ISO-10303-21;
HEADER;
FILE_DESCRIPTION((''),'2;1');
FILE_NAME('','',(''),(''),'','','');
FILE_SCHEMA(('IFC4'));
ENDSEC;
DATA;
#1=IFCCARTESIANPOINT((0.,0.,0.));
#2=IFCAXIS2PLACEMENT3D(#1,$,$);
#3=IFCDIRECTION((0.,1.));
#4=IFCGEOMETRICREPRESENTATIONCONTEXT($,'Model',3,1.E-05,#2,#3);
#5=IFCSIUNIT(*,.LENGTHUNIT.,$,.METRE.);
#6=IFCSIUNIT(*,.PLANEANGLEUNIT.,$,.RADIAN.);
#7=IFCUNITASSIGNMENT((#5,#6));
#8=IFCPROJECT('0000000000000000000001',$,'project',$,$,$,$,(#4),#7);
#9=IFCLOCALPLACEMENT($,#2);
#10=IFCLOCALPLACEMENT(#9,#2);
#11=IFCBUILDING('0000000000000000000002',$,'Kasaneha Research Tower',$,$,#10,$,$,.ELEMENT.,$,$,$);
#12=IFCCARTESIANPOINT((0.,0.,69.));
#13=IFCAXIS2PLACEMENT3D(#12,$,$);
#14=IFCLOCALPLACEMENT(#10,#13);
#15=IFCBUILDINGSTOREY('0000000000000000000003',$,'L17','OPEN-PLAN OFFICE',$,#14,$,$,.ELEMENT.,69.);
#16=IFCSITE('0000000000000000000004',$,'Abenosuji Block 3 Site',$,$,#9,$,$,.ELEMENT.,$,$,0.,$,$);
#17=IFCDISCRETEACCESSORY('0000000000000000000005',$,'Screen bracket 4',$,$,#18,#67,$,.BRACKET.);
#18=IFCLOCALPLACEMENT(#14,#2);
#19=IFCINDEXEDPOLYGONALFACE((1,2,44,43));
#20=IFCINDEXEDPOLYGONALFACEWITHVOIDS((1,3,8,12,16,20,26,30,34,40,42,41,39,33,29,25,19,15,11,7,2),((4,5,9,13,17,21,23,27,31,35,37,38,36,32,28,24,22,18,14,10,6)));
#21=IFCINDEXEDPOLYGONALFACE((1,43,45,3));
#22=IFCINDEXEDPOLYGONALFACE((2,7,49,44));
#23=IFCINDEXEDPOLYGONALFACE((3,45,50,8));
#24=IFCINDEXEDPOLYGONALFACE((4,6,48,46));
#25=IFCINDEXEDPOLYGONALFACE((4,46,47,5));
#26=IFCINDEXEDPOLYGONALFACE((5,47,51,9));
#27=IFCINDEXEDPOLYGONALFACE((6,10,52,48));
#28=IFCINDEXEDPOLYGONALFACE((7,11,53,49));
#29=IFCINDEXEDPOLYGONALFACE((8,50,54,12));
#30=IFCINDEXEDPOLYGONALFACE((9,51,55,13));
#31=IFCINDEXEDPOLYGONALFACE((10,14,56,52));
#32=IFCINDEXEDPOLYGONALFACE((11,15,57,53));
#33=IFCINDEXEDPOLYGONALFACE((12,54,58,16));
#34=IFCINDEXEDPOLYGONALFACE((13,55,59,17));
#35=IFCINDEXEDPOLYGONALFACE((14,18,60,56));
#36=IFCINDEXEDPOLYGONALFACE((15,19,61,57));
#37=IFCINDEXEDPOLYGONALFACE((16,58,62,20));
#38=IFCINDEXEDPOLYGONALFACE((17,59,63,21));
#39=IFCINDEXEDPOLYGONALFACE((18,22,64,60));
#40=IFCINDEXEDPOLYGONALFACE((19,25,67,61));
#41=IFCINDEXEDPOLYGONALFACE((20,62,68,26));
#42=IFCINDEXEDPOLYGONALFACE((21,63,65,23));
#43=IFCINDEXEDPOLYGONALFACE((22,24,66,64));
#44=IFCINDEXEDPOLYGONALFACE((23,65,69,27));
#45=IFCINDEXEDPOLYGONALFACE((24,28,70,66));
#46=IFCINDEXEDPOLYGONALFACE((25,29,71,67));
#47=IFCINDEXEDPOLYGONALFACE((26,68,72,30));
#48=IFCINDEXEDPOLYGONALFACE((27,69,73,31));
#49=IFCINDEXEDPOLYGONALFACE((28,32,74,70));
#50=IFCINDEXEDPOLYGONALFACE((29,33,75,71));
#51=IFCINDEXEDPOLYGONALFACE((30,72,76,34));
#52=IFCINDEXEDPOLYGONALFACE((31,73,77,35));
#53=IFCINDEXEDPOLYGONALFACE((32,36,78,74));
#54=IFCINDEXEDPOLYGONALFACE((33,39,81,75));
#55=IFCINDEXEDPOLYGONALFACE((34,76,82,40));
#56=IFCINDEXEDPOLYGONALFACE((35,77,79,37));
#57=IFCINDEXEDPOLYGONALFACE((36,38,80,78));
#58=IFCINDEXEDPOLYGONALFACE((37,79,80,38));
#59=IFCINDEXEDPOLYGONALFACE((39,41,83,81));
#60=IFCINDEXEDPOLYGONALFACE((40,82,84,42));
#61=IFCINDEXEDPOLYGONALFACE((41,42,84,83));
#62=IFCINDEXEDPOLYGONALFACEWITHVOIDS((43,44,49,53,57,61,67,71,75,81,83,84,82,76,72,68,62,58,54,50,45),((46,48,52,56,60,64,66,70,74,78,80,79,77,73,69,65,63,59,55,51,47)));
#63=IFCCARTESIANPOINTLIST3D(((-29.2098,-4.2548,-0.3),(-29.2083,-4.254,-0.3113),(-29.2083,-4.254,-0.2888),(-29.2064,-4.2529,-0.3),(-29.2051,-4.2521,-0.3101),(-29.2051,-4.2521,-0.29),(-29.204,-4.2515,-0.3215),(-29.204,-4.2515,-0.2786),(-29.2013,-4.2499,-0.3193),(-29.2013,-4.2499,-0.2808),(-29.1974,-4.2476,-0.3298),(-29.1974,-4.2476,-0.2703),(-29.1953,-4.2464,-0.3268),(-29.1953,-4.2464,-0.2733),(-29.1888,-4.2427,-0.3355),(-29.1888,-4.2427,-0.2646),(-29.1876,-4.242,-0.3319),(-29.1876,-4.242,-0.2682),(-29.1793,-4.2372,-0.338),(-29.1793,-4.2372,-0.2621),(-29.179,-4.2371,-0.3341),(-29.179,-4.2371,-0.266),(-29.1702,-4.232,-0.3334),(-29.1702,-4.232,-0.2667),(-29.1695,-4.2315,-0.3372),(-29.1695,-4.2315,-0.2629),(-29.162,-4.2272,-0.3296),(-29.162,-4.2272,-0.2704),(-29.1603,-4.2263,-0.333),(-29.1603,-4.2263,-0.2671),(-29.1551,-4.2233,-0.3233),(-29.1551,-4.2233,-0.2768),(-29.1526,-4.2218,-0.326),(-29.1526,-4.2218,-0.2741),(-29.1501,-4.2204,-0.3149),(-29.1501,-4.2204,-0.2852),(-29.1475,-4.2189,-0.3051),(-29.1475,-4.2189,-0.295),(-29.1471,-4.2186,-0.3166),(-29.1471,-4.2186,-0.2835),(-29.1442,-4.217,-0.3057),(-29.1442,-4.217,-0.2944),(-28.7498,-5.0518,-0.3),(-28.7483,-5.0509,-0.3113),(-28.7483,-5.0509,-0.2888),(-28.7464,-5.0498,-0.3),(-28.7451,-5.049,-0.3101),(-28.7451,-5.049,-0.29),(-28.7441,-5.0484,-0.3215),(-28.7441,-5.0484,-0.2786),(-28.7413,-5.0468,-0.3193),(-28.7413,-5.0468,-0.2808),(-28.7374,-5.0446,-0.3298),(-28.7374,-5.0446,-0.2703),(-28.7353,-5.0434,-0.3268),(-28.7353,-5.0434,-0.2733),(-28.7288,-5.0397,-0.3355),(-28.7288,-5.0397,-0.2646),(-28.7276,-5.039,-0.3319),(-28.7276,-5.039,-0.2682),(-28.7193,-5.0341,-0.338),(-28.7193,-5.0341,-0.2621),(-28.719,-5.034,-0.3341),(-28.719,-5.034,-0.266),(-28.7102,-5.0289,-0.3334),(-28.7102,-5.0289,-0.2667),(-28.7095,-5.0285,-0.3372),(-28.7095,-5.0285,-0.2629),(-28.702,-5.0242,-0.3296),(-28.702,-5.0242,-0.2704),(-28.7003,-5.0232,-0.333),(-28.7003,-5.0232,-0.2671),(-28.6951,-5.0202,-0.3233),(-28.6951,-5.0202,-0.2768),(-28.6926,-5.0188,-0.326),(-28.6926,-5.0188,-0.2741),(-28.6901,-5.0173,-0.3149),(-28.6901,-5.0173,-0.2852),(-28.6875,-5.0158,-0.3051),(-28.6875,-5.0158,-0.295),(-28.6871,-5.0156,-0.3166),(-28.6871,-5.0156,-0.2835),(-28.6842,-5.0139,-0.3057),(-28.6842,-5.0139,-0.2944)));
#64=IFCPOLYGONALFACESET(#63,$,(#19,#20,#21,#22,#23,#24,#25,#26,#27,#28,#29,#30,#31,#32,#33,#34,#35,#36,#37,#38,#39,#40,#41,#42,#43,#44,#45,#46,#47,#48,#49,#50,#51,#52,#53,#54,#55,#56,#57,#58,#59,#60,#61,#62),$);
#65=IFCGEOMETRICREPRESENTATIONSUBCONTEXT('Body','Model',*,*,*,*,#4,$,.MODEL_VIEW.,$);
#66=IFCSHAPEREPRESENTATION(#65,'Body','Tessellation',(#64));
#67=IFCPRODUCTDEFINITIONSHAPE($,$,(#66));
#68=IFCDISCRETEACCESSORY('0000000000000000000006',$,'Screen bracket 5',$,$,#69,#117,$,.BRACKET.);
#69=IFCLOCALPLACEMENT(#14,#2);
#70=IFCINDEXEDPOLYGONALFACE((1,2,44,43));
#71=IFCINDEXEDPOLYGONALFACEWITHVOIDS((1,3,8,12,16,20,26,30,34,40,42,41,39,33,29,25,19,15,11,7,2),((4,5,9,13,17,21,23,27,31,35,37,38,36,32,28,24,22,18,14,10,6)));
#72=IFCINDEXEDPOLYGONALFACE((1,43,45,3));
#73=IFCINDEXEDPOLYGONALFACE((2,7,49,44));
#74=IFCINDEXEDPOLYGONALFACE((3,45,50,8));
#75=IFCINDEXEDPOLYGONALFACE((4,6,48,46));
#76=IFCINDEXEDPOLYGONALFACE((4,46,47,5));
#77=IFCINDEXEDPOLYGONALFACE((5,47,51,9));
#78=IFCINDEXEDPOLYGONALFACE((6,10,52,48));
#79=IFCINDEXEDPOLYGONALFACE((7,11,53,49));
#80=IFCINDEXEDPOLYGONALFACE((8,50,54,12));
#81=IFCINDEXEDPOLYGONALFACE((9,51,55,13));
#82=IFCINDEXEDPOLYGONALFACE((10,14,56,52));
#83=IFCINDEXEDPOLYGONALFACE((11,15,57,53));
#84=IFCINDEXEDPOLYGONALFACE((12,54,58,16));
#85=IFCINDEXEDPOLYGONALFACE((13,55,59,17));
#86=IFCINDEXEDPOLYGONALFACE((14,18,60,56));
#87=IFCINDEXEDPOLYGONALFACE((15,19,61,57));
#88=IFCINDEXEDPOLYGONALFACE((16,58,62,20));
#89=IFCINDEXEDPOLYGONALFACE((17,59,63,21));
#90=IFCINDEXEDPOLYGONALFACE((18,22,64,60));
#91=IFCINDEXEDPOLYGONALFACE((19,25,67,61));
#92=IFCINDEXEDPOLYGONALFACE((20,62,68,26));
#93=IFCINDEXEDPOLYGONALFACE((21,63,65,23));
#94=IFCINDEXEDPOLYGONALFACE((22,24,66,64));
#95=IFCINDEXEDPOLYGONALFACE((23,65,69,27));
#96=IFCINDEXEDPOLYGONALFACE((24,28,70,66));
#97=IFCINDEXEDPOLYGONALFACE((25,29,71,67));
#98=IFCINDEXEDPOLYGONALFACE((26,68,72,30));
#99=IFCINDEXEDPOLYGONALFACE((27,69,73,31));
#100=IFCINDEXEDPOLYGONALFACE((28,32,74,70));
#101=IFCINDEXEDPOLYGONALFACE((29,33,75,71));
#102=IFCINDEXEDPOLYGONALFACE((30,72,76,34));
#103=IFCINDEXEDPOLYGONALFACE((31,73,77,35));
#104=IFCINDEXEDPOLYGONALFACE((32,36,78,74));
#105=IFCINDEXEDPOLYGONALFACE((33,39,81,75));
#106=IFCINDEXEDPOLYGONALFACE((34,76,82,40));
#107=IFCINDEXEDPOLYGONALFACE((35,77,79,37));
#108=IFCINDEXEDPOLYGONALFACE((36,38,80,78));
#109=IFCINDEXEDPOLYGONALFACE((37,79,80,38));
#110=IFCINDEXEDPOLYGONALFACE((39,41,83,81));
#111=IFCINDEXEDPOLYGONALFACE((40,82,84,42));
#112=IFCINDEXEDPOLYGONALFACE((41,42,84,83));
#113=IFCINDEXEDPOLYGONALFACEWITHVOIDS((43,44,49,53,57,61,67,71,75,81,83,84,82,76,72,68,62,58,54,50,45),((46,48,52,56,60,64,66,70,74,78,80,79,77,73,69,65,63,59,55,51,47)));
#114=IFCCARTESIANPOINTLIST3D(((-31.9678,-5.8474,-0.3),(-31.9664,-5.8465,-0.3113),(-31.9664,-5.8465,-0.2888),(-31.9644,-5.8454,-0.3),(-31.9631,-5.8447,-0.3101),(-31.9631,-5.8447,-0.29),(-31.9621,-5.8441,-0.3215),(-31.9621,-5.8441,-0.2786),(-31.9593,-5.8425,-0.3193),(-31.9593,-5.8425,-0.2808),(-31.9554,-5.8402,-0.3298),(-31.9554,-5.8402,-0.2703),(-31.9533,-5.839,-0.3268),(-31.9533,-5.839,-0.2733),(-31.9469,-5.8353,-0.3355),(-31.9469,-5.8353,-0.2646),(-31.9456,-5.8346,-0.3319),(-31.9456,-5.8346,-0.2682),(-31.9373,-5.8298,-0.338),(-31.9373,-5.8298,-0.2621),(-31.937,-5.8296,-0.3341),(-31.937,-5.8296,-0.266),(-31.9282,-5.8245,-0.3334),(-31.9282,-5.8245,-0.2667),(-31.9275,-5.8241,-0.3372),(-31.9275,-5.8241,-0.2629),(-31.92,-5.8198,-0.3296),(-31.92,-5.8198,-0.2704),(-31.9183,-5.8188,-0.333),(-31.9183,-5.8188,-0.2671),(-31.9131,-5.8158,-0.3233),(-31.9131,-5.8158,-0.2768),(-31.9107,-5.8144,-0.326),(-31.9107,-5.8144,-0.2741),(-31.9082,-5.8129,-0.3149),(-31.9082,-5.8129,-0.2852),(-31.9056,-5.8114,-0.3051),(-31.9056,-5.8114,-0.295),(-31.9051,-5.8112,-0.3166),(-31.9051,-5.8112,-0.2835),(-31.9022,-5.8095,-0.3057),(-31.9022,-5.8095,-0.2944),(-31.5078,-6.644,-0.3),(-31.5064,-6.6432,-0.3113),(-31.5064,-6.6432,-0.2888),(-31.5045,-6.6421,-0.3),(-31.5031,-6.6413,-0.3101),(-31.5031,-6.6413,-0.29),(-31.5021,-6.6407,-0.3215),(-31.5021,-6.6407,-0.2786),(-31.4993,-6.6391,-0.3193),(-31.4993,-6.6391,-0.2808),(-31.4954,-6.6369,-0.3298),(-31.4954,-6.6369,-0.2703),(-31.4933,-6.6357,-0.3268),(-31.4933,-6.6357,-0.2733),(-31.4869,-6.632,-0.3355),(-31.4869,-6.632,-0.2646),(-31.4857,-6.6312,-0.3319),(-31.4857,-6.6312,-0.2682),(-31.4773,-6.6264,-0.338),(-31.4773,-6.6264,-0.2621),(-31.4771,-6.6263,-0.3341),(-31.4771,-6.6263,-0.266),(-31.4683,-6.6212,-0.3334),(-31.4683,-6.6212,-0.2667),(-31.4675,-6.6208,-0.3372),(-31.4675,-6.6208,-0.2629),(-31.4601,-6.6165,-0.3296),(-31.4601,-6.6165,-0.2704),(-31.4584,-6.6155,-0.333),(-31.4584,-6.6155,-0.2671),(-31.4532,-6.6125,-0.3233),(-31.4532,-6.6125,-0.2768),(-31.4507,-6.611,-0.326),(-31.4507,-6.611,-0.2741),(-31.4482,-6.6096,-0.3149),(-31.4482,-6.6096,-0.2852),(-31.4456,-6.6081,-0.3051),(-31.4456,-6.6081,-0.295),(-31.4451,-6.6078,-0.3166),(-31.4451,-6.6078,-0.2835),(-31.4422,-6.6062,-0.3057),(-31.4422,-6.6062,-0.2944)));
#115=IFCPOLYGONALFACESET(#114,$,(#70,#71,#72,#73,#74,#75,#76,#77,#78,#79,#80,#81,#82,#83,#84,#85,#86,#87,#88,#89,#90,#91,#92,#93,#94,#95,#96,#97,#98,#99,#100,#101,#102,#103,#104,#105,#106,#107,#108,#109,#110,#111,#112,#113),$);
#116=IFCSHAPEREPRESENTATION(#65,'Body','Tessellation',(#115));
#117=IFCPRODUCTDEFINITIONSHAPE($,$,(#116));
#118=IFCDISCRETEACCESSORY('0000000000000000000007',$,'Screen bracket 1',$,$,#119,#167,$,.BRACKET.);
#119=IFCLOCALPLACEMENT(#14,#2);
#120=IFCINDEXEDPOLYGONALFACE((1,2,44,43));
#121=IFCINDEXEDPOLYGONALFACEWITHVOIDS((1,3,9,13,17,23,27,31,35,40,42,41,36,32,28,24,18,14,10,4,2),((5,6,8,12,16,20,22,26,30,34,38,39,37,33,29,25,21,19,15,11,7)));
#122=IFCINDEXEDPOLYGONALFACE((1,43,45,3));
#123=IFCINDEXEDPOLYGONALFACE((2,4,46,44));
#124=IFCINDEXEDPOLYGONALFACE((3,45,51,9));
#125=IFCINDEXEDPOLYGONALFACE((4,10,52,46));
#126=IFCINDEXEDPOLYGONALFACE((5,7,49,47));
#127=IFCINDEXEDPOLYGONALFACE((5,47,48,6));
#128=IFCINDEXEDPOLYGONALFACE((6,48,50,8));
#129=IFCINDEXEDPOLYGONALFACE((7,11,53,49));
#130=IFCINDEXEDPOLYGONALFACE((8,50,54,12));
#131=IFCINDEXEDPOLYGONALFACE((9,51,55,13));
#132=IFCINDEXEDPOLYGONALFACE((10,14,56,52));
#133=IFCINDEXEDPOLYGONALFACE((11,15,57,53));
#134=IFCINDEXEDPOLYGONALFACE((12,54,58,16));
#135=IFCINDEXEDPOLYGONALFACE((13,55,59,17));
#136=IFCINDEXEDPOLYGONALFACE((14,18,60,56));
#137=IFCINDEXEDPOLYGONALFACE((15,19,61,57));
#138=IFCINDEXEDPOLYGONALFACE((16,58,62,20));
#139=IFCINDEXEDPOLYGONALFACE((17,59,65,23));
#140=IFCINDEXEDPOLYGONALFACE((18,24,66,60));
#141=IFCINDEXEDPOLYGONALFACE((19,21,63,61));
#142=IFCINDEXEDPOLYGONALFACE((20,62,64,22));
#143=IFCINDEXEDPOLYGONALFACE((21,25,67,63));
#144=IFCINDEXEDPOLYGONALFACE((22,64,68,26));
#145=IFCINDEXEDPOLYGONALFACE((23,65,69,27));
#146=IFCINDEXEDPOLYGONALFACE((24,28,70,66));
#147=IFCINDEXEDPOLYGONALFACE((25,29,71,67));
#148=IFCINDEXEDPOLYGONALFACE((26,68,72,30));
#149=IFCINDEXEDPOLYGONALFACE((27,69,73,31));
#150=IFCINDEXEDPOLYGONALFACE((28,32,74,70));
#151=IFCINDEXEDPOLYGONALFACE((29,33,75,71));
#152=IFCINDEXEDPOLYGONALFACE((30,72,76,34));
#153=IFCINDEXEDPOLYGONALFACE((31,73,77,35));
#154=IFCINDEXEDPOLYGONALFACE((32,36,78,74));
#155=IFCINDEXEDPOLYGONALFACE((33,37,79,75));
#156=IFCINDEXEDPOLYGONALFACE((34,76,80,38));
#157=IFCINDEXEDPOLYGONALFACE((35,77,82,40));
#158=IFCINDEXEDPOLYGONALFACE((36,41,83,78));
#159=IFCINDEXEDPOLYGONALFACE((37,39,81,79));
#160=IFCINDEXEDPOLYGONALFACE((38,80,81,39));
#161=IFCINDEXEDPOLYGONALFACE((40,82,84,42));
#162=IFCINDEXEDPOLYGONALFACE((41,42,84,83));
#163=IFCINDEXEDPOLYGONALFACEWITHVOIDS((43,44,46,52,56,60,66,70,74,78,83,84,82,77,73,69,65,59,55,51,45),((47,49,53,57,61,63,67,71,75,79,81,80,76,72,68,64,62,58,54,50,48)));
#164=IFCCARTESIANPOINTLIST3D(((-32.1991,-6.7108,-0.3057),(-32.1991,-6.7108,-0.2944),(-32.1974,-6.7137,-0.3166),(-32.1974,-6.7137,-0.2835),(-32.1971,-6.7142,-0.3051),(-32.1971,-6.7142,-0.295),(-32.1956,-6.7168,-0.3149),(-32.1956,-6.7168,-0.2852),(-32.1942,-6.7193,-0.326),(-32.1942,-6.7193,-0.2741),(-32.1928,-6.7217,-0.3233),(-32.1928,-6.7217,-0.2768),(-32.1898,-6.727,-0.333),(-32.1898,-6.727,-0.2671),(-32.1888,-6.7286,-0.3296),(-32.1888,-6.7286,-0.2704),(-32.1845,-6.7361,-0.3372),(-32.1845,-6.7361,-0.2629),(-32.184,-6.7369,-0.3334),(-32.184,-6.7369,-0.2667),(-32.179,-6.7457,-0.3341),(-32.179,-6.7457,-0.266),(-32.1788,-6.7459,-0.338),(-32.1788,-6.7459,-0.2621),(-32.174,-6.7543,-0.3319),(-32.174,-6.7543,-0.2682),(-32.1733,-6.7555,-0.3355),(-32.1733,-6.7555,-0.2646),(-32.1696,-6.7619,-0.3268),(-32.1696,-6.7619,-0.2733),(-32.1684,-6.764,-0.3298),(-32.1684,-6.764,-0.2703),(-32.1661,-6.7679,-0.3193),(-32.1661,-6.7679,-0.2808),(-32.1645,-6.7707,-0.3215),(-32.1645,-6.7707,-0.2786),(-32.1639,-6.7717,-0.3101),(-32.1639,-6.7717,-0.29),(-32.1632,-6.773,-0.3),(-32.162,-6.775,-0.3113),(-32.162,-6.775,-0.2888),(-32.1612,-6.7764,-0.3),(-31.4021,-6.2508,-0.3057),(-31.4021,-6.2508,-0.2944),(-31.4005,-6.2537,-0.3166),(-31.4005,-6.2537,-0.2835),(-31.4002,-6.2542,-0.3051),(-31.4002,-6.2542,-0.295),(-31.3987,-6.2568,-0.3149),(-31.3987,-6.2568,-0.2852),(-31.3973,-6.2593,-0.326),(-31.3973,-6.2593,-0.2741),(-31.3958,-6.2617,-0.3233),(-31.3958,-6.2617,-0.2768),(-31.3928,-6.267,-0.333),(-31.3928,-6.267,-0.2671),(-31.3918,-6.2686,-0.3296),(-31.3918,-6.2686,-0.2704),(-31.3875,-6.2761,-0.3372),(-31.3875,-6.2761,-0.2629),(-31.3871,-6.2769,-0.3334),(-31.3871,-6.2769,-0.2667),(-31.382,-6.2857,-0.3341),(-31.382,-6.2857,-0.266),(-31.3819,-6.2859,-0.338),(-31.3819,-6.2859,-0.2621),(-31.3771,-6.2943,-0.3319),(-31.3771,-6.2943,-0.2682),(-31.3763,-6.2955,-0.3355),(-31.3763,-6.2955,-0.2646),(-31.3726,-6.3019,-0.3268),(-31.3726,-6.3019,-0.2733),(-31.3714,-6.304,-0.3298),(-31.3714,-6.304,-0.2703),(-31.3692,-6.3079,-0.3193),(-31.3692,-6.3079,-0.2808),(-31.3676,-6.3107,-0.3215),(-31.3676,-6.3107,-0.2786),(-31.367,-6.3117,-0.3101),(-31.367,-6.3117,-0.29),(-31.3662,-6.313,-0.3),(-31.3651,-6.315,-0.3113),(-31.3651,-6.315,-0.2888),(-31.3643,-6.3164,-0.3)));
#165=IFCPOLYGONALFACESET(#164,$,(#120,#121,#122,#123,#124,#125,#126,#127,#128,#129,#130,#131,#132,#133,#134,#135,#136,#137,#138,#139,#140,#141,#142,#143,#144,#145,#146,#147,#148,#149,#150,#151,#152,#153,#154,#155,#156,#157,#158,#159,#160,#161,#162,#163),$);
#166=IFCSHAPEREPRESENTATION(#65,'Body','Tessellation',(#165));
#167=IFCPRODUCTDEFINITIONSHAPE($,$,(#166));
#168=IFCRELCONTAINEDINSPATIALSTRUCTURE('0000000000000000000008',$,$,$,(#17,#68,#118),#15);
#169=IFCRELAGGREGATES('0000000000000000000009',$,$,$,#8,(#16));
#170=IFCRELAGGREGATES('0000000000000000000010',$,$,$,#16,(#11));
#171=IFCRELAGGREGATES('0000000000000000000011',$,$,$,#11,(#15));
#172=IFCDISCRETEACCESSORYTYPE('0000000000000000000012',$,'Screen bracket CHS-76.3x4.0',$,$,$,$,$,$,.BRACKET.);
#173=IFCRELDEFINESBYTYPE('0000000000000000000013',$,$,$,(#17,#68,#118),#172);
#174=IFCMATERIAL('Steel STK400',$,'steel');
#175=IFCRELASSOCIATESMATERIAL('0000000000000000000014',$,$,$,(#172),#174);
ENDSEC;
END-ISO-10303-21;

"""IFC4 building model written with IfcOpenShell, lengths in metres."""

from ifc_helpers import new_model, si_unit, direction, frame, origin, origin_2d, place, context, subcontext, project, spatial, hollow_circle, extrude, material, material_profile, profile_set, type_object, element, save


model = new_model("IFC4")

# Units and contexts
model_context = context("Model", 3, precision=1e-05, world=origin(), true_north=direction((0.0, 1.0)))
body_context = subcontext(model_context, "Body", "Model", "MODEL_VIEW")
ifc_project = project(units=[si_unit("LENGTHUNIT", "METRE"), si_unit("PLANEANGLEUNIT", "RADIAN")], contexts=[model_context])

# Site, building, storey
site_placement = place(None, origin())
site = spatial("IfcSite", under=ifc_project, at=site_placement, Name="Abenosuji Block 3 Site", CompositionType="ELEMENT", RefElevation=0.0)
building_placement = place(site_placement, origin())
building = spatial("IfcBuilding", under=site, at=building_placement, Name="Kasaneha Research Tower", CompositionType="ELEMENT")
storey_placement = place(building_placement, frame((0.0, 0.0, 69.0)))
storey = spatial("IfcBuildingStorey", under=building, at=storey_placement, Name="L17", Description="OPEN-PLAN OFFICE", CompositionType="ELEMENT", Elevation=69.0)

# Discrete accessories
ifc_material_1 = material(Name="Steel STK400", Category="steel")
ifc_material_profile_1 = material_profile(ifc_material_1, hollow_circle(Radius=0.0381, WallThickness=0.0039, at=origin_2d()), Name="CHS-76.3x4.0")
ifc_profile_set_1 = profile_set([ifc_material_profile_1], Name="Steel STK400")
discrete_accessory_type = type_object("IfcDiscreteAccessoryType", Name="Screen bracket CHS-76.3x4.0", PredefinedType="BRACKET", material=ifc_profile_set_1)
discrete_accessory_1_placement = place(storey_placement, frame((-28.7168, -5.0327, -0.3), z_axis=(-0.499906, 0.86608, 0.0), x_axis=(-0.86608, -0.499906, 0.0)))
element("IfcDiscreteAccessory", 1, at=discrete_accessory_1_placement, inside=storey, type_object=discrete_accessory_type, Name="Screen bracket 4", PredefinedType="BRACKET", context=body_context, shape_type="SweptSolid", body=[
    extrude(hollow_circle(Radius=0.0381, WallThickness=0.0039, at=origin_2d()), origin(), (0.0, 0.0, 1.0), 0.9202),
])
discrete_accessory_2_placement = place(storey_placement, frame((-31.4749, -6.625, -0.3), z_axis=(-0.500021, 0.866013, 0.0), x_axis=(-0.866013, -0.500021, 0.0)))
element("IfcDiscreteAccessory", 2, at=discrete_accessory_2_placement, inside=storey, type_object=discrete_accessory_type, Name="Screen bracket 5", PredefinedType="BRACKET", context=body_context, shape_type="SweptSolid", body=[
    extrude(hollow_circle(Radius=0.0381, WallThickness=0.0039, at=origin_2d()), origin(), (0.0, 0.0, 1.0), 0.9199),
])
discrete_accessory_3_placement = place(storey_placement, frame((-31.3833, -6.2834, -0.3), z_axis=(-0.86608, -0.499906, 0.0), x_axis=(0.499906, -0.86608, 0.0)))
element("IfcDiscreteAccessory", 3, at=discrete_accessory_3_placement, inside=storey, type_object=discrete_accessory_type, Name="Screen bracket 1", PredefinedType="BRACKET", context=body_context, shape_type="SweptSolid", body=[
    extrude(hollow_circle(Radius=0.0381, WallThickness=0.0039, at=origin_2d()), origin(), (0.0, 0.0, 1.0), 0.9202),
])

save(model, "model.ifc")
